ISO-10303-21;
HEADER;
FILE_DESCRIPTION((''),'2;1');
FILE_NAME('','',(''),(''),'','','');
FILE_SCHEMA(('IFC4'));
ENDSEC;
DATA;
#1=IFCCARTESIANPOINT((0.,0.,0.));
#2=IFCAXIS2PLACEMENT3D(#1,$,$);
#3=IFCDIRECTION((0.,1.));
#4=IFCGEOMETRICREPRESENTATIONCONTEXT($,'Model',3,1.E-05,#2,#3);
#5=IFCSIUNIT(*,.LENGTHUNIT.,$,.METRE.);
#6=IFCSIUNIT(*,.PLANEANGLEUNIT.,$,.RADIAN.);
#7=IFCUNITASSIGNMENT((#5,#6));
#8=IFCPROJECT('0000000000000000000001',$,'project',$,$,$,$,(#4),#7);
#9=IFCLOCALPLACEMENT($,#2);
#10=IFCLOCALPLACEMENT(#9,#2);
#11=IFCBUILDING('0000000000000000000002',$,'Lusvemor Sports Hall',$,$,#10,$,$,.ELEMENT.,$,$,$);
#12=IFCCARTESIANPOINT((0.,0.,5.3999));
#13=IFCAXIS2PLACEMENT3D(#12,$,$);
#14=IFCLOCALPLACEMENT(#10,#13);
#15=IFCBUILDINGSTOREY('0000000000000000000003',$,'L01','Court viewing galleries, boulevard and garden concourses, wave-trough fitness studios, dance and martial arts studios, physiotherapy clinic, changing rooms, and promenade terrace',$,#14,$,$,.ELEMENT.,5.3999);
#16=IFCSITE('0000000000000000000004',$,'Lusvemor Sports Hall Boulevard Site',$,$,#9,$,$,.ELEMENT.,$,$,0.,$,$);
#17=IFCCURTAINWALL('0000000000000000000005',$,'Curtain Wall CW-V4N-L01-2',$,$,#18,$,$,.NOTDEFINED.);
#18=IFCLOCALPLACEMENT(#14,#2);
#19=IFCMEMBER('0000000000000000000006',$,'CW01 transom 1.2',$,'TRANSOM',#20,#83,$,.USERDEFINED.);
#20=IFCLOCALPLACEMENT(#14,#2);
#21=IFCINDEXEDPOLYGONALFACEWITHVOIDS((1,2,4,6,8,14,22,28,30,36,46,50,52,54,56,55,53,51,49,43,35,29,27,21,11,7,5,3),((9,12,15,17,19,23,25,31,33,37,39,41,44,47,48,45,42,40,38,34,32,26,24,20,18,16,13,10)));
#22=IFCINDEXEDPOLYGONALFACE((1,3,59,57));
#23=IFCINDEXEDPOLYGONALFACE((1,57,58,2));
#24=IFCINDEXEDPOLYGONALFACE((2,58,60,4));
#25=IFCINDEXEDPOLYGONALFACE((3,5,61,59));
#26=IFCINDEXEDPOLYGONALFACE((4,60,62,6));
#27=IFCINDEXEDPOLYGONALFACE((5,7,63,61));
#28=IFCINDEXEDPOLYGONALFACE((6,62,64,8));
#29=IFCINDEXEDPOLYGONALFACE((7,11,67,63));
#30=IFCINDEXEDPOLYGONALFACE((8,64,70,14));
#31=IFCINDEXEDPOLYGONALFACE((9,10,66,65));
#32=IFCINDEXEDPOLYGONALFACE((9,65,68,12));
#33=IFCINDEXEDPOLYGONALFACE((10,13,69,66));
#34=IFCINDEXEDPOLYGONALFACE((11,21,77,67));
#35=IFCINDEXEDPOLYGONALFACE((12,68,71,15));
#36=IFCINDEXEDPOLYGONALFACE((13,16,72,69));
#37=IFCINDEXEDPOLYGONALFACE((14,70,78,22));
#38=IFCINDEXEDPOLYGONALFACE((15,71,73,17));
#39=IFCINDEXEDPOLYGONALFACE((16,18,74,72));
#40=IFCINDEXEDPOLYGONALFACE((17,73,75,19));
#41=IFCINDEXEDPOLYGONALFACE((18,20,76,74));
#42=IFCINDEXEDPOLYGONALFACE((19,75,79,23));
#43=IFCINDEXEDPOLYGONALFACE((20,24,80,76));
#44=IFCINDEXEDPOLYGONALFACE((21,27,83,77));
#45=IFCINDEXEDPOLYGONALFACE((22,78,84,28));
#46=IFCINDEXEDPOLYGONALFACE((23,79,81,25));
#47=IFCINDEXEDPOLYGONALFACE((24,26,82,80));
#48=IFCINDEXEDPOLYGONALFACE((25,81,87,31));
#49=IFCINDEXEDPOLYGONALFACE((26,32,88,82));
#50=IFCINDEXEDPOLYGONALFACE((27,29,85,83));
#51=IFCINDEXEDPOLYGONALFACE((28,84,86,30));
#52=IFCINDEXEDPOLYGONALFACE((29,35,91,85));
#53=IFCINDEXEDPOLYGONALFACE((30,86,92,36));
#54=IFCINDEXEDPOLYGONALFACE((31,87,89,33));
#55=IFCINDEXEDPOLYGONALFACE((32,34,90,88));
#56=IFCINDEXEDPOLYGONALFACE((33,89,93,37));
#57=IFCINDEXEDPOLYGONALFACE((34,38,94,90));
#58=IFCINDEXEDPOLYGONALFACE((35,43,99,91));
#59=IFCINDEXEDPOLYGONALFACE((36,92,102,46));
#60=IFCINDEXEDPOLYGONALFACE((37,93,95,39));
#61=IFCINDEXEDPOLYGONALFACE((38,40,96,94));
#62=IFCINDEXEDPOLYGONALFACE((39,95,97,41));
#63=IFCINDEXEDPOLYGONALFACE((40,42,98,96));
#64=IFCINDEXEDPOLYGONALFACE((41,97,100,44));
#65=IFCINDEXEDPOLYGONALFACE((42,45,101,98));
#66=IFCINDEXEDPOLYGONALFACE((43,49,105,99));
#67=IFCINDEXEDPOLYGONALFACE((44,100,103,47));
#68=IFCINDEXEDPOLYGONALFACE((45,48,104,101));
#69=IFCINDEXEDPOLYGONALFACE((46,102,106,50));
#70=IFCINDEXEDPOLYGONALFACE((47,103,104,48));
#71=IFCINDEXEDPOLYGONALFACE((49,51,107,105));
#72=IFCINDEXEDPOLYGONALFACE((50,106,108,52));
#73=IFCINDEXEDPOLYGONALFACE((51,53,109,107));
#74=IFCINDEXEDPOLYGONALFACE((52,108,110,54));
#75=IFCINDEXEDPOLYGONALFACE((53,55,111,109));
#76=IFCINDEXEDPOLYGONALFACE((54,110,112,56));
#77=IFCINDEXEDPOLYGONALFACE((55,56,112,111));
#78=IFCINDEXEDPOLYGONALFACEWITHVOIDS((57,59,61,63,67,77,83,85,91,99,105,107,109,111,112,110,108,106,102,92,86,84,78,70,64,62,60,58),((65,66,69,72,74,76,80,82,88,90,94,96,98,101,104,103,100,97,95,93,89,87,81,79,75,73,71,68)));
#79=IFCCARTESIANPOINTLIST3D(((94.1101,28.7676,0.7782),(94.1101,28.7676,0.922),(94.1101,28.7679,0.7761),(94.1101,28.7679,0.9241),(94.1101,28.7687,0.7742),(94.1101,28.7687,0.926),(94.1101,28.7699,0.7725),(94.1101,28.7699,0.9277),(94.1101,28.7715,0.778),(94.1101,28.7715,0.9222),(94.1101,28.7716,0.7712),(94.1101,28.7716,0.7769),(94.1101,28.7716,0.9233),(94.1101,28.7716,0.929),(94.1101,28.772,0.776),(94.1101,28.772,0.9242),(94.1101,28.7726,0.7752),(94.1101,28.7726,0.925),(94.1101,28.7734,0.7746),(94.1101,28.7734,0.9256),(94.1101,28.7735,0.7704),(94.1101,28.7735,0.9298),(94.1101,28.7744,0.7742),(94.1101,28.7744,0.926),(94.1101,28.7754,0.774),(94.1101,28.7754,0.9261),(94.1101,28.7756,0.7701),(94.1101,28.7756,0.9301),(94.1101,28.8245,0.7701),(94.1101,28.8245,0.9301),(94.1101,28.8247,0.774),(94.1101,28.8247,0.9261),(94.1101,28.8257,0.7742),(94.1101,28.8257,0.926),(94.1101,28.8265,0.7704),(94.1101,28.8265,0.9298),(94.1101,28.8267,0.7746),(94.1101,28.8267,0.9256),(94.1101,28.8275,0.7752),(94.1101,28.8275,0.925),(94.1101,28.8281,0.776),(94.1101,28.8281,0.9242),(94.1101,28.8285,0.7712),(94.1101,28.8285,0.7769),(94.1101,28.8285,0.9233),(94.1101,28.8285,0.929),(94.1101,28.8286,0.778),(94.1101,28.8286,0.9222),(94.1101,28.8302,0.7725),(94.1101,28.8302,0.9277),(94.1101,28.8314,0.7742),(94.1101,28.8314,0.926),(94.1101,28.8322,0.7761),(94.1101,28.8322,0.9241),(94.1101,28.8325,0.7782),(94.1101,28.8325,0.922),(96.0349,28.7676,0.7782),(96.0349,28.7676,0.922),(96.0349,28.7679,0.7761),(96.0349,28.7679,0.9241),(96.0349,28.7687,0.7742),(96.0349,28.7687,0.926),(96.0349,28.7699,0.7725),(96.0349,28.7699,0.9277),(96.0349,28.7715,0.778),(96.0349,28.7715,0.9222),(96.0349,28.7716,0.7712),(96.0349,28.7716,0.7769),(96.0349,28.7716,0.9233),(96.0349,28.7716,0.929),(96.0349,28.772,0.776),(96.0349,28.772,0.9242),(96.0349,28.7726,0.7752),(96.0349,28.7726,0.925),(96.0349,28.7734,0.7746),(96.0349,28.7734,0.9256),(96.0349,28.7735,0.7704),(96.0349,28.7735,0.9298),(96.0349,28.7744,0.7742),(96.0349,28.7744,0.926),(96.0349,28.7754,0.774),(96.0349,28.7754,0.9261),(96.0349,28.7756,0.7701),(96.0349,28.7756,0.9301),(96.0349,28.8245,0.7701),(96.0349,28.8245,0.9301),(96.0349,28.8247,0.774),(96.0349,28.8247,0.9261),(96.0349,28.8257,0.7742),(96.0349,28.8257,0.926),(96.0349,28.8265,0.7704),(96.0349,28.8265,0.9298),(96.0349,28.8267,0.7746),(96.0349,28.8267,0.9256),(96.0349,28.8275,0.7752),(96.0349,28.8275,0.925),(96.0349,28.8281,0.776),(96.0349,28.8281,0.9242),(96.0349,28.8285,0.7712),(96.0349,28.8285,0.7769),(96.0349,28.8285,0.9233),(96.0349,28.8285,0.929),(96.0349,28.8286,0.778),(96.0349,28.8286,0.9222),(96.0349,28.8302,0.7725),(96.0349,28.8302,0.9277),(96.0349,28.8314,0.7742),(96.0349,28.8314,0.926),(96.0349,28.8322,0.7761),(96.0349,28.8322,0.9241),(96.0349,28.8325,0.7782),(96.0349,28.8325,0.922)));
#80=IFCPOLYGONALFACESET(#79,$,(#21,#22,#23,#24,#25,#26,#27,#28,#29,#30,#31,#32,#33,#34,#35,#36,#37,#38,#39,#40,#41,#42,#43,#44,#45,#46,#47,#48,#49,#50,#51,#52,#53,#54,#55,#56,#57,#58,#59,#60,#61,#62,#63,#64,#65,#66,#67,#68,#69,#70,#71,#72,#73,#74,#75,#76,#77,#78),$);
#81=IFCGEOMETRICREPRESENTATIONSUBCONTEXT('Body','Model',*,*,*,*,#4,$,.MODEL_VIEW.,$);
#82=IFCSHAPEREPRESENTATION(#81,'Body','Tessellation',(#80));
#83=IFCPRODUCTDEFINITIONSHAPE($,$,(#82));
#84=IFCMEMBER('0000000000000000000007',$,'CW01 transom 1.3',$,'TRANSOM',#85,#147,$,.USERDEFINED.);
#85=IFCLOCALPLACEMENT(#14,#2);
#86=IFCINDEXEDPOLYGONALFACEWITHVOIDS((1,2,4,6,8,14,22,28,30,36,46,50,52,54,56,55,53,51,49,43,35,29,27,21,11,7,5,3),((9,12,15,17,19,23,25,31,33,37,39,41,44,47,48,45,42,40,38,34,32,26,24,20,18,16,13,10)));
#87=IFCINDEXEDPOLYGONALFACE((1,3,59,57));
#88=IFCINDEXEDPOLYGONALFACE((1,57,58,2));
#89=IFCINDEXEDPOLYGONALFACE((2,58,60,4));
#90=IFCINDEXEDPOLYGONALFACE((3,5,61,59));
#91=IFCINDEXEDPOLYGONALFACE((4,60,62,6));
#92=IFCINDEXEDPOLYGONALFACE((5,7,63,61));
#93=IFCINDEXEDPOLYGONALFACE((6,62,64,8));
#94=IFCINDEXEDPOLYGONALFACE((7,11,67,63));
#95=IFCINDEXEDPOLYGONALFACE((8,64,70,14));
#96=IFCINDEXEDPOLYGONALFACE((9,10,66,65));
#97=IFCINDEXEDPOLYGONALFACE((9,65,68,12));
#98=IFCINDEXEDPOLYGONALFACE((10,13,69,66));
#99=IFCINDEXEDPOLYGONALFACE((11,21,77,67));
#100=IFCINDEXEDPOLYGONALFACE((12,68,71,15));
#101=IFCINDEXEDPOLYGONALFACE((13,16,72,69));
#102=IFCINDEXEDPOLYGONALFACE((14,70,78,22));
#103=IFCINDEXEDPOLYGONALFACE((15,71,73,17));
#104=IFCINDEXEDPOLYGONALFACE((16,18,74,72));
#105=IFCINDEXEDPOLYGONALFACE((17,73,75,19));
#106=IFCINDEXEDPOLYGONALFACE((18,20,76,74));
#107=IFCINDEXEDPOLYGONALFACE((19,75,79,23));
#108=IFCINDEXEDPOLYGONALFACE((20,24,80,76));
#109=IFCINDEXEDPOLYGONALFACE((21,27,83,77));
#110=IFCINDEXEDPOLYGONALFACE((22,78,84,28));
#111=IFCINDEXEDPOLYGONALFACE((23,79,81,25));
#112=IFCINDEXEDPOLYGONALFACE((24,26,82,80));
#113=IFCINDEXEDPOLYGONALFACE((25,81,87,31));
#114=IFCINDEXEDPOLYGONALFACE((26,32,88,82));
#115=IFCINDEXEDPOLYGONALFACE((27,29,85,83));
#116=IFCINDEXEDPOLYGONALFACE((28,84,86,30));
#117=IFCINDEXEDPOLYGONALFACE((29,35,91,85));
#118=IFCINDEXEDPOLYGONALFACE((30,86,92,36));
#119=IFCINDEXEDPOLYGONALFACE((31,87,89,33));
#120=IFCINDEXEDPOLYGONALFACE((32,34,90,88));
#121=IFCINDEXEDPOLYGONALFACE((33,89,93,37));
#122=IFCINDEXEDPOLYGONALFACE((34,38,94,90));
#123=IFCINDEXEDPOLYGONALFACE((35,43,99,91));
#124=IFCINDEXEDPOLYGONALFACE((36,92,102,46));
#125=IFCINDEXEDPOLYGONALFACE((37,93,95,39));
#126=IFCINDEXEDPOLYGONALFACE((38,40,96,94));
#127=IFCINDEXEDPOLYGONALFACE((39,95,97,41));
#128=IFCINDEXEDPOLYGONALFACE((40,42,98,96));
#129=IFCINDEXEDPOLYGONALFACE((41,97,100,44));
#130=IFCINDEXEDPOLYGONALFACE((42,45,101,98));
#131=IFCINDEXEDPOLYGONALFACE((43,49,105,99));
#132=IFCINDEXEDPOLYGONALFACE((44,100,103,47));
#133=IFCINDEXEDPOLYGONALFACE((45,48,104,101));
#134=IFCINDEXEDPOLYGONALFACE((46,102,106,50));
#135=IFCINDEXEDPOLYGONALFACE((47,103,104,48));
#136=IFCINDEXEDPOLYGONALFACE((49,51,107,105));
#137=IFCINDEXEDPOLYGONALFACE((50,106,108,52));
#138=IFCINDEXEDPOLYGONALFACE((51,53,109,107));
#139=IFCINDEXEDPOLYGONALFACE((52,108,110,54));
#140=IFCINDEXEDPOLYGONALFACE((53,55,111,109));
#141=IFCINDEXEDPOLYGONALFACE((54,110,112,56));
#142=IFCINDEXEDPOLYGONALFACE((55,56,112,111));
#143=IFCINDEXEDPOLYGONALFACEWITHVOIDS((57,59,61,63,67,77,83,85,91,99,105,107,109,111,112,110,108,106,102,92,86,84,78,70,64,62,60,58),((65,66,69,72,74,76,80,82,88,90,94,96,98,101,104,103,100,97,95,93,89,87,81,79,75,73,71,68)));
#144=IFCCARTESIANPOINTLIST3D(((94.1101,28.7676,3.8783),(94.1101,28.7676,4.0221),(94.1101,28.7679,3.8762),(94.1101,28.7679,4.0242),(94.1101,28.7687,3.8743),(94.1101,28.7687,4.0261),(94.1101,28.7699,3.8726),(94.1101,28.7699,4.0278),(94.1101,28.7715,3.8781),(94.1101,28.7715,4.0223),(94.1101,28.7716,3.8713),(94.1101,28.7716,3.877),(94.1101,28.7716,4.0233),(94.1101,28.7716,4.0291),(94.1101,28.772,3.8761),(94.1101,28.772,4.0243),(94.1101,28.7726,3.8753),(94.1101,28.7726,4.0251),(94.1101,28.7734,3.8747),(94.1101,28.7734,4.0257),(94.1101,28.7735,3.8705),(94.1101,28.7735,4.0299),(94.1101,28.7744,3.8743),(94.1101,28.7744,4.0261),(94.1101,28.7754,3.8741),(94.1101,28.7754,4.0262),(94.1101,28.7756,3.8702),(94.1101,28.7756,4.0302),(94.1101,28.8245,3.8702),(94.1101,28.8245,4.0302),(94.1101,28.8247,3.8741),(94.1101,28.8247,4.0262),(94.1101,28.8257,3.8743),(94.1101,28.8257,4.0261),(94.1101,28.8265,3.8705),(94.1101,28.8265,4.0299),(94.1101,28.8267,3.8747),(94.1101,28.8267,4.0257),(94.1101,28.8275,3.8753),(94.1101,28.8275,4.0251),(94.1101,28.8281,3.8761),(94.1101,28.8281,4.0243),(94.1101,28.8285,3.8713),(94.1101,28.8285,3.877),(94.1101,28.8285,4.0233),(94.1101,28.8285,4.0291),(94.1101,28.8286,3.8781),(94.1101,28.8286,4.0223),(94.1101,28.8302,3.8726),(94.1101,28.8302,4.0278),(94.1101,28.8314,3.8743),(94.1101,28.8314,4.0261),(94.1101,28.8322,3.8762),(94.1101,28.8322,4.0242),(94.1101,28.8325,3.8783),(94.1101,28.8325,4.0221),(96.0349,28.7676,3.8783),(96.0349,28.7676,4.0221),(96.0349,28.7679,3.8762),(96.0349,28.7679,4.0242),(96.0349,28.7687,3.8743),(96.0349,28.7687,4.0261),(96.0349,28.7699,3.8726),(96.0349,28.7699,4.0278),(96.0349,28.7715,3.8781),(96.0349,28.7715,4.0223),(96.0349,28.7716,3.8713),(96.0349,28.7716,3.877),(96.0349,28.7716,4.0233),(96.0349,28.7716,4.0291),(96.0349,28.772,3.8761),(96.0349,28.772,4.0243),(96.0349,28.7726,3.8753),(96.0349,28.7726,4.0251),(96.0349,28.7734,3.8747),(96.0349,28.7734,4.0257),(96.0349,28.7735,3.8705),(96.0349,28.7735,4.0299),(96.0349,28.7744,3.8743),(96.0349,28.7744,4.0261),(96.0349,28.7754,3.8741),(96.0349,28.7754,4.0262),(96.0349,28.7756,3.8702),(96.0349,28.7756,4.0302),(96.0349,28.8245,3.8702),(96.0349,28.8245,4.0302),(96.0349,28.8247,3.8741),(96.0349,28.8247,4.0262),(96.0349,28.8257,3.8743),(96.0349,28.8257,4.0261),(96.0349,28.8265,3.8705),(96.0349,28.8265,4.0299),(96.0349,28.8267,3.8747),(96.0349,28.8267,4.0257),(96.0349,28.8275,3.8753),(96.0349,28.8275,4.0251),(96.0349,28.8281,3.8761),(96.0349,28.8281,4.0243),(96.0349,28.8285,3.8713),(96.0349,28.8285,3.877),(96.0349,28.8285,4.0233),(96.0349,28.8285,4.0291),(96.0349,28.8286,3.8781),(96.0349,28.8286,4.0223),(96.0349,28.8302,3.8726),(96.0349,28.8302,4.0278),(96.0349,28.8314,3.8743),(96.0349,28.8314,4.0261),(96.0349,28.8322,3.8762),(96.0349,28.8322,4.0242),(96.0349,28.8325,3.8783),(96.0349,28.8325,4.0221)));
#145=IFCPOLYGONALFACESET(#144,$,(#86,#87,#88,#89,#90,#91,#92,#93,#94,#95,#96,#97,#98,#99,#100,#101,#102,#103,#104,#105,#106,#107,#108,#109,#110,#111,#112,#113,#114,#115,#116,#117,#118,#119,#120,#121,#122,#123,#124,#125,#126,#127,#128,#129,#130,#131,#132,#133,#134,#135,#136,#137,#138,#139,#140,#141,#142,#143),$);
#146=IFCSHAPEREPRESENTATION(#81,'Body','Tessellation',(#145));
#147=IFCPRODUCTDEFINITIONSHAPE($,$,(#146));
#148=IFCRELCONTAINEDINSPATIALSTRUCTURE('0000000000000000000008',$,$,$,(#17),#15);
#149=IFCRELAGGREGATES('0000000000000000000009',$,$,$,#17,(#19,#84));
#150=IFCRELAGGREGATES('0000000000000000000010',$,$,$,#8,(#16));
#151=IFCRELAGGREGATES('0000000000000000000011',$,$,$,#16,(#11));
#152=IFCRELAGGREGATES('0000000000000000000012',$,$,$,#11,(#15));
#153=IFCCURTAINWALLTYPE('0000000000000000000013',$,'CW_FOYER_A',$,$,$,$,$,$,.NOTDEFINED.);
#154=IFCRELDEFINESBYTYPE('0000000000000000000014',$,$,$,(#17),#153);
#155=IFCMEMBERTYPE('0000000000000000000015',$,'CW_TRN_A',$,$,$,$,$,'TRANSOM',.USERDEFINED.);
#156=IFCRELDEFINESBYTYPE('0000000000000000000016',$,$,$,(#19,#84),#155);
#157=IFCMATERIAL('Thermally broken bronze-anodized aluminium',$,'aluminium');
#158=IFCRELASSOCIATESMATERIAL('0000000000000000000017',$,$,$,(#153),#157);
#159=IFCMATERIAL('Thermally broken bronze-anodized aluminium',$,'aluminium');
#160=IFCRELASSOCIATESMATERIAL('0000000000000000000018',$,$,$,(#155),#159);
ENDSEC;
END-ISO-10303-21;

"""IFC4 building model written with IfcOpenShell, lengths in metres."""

from ifc_helpers import new_model, si_unit, direction, frame, origin, origin_2d, place, context, subcontext, project, spatial, hollow_rectangle, extrude, material, material_profile, profile_set, type_object, element, aggregate, save


model = new_model("IFC4")

# Units and contexts
model_context = context("Model", 3, precision=1e-05, world=origin(), true_north=direction((0.0, 1.0)))
body_context = subcontext(model_context, "Body", "Model", "MODEL_VIEW")
ifc_project = project(units=[si_unit("LENGTHUNIT", "METRE"), si_unit("PLANEANGLEUNIT", "RADIAN")], contexts=[model_context])

# Site, building, storey
site_placement = place(None, origin())
site = spatial("IfcSite", under=ifc_project, at=site_placement, Name="Lusvemor Sports Hall Boulevard Site", CompositionType="ELEMENT", RefElevation=0.0)
building_placement = place(site_placement, origin())
building = spatial("IfcBuilding", under=site, at=building_placement, Name="Lusvemor Sports Hall", CompositionType="ELEMENT")
storey_placement = place(building_placement, frame((0.0, 0.0, 5.3999)))
storey = spatial("IfcBuildingStorey", under=building, at=storey_placement, Name="L01", Description="Court viewing galleries, boulevard and garden concourses, wave-trough fitness studios, dance and martial arts studios, physiotherapy clinic, changing rooms, and promenade terrace", CompositionType="ELEMENT", Elevation=5.3999)

# Curtain wall
ifc_material_1 = material(Name="Thermally broken bronze-anodized aluminium", Category="aluminium")
curtain_wall_type = type_object("IfcCurtainWallType", Name="CW_FOYER_A", PredefinedType="NOTDEFINED", material=ifc_material_1)
curtain_wall_1_placement = place(storey_placement, origin())
curtain_wall_1 = element("IfcCurtainWall", 1, at=curtain_wall_1_placement, inside=storey, type_object=curtain_wall_type, Name="Curtain Wall CW-V4N-L01-2", PredefinedType="NOTDEFINED")

# Members
ifc_material_2 = material(Name="Thermally broken bronze-anodized aluminium", Category="aluminium")
ifc_material_profile_1 = material_profile(ifc_material_2, hollow_rectangle(XDim=0.0649, YDim=0.1599, WallThickness=0.0039, InnerFilletRadius=0.0039, OuterFilletRadius=0.0081, at=origin_2d()), Name="CWTRN160x65x4")
ifc_profile_set_1 = profile_set([ifc_material_profile_1], Name="Thermally broken bronze-anodized aluminium")
member_type_1 = type_object("IfcMemberType", Name="CW_TRN_A", ElementType="TRANSOM", PredefinedType="USERDEFINED", material=ifc_profile_set_1)
member_1_placement = place(storey_placement, frame((94.1101, 28.8, 0.8501), z_axis=(1.0, 0.0, 0.0), x_axis=(0.0, 1.0, 0.0)))
member_1 = element("IfcMember", 2, at=member_1_placement, type_object=member_type_1, Name="CW01 transom 1.2", ObjectType="TRANSOM", PredefinedType="USERDEFINED", context=body_context, shape_type="SweptSolid", body=[
    extrude(hollow_rectangle(XDim=0.0649, YDim=0.1599, WallThickness=0.0039, InnerFilletRadius=0.0039, OuterFilletRadius=0.0081, at=origin_2d()), origin(), (0.0, 0.0, 1.0), 1.9248),
])
member_2_placement = place(storey_placement, frame((94.1101, 28.8, 3.9502), z_axis=(1.0, 0.0, 0.0), x_axis=(0.0, 1.0, 0.0)))
member_2 = element("IfcMember", 3, at=member_2_placement, type_object=member_type_1, Name="CW01 transom 1.3", ObjectType="TRANSOM", PredefinedType="USERDEFINED", context=body_context, shape_type="SweptSolid", body=[
    extrude(hollow_rectangle(XDim=0.0649, YDim=0.1599, WallThickness=0.0039, InnerFilletRadius=0.0039, OuterFilletRadius=0.0081, at=origin_2d()), origin(), (0.0, 0.0, 1.0), 1.9248),
])

aggregate(curtain_wall_1, [member_1, member_2])

save(model, "model.ifc")
